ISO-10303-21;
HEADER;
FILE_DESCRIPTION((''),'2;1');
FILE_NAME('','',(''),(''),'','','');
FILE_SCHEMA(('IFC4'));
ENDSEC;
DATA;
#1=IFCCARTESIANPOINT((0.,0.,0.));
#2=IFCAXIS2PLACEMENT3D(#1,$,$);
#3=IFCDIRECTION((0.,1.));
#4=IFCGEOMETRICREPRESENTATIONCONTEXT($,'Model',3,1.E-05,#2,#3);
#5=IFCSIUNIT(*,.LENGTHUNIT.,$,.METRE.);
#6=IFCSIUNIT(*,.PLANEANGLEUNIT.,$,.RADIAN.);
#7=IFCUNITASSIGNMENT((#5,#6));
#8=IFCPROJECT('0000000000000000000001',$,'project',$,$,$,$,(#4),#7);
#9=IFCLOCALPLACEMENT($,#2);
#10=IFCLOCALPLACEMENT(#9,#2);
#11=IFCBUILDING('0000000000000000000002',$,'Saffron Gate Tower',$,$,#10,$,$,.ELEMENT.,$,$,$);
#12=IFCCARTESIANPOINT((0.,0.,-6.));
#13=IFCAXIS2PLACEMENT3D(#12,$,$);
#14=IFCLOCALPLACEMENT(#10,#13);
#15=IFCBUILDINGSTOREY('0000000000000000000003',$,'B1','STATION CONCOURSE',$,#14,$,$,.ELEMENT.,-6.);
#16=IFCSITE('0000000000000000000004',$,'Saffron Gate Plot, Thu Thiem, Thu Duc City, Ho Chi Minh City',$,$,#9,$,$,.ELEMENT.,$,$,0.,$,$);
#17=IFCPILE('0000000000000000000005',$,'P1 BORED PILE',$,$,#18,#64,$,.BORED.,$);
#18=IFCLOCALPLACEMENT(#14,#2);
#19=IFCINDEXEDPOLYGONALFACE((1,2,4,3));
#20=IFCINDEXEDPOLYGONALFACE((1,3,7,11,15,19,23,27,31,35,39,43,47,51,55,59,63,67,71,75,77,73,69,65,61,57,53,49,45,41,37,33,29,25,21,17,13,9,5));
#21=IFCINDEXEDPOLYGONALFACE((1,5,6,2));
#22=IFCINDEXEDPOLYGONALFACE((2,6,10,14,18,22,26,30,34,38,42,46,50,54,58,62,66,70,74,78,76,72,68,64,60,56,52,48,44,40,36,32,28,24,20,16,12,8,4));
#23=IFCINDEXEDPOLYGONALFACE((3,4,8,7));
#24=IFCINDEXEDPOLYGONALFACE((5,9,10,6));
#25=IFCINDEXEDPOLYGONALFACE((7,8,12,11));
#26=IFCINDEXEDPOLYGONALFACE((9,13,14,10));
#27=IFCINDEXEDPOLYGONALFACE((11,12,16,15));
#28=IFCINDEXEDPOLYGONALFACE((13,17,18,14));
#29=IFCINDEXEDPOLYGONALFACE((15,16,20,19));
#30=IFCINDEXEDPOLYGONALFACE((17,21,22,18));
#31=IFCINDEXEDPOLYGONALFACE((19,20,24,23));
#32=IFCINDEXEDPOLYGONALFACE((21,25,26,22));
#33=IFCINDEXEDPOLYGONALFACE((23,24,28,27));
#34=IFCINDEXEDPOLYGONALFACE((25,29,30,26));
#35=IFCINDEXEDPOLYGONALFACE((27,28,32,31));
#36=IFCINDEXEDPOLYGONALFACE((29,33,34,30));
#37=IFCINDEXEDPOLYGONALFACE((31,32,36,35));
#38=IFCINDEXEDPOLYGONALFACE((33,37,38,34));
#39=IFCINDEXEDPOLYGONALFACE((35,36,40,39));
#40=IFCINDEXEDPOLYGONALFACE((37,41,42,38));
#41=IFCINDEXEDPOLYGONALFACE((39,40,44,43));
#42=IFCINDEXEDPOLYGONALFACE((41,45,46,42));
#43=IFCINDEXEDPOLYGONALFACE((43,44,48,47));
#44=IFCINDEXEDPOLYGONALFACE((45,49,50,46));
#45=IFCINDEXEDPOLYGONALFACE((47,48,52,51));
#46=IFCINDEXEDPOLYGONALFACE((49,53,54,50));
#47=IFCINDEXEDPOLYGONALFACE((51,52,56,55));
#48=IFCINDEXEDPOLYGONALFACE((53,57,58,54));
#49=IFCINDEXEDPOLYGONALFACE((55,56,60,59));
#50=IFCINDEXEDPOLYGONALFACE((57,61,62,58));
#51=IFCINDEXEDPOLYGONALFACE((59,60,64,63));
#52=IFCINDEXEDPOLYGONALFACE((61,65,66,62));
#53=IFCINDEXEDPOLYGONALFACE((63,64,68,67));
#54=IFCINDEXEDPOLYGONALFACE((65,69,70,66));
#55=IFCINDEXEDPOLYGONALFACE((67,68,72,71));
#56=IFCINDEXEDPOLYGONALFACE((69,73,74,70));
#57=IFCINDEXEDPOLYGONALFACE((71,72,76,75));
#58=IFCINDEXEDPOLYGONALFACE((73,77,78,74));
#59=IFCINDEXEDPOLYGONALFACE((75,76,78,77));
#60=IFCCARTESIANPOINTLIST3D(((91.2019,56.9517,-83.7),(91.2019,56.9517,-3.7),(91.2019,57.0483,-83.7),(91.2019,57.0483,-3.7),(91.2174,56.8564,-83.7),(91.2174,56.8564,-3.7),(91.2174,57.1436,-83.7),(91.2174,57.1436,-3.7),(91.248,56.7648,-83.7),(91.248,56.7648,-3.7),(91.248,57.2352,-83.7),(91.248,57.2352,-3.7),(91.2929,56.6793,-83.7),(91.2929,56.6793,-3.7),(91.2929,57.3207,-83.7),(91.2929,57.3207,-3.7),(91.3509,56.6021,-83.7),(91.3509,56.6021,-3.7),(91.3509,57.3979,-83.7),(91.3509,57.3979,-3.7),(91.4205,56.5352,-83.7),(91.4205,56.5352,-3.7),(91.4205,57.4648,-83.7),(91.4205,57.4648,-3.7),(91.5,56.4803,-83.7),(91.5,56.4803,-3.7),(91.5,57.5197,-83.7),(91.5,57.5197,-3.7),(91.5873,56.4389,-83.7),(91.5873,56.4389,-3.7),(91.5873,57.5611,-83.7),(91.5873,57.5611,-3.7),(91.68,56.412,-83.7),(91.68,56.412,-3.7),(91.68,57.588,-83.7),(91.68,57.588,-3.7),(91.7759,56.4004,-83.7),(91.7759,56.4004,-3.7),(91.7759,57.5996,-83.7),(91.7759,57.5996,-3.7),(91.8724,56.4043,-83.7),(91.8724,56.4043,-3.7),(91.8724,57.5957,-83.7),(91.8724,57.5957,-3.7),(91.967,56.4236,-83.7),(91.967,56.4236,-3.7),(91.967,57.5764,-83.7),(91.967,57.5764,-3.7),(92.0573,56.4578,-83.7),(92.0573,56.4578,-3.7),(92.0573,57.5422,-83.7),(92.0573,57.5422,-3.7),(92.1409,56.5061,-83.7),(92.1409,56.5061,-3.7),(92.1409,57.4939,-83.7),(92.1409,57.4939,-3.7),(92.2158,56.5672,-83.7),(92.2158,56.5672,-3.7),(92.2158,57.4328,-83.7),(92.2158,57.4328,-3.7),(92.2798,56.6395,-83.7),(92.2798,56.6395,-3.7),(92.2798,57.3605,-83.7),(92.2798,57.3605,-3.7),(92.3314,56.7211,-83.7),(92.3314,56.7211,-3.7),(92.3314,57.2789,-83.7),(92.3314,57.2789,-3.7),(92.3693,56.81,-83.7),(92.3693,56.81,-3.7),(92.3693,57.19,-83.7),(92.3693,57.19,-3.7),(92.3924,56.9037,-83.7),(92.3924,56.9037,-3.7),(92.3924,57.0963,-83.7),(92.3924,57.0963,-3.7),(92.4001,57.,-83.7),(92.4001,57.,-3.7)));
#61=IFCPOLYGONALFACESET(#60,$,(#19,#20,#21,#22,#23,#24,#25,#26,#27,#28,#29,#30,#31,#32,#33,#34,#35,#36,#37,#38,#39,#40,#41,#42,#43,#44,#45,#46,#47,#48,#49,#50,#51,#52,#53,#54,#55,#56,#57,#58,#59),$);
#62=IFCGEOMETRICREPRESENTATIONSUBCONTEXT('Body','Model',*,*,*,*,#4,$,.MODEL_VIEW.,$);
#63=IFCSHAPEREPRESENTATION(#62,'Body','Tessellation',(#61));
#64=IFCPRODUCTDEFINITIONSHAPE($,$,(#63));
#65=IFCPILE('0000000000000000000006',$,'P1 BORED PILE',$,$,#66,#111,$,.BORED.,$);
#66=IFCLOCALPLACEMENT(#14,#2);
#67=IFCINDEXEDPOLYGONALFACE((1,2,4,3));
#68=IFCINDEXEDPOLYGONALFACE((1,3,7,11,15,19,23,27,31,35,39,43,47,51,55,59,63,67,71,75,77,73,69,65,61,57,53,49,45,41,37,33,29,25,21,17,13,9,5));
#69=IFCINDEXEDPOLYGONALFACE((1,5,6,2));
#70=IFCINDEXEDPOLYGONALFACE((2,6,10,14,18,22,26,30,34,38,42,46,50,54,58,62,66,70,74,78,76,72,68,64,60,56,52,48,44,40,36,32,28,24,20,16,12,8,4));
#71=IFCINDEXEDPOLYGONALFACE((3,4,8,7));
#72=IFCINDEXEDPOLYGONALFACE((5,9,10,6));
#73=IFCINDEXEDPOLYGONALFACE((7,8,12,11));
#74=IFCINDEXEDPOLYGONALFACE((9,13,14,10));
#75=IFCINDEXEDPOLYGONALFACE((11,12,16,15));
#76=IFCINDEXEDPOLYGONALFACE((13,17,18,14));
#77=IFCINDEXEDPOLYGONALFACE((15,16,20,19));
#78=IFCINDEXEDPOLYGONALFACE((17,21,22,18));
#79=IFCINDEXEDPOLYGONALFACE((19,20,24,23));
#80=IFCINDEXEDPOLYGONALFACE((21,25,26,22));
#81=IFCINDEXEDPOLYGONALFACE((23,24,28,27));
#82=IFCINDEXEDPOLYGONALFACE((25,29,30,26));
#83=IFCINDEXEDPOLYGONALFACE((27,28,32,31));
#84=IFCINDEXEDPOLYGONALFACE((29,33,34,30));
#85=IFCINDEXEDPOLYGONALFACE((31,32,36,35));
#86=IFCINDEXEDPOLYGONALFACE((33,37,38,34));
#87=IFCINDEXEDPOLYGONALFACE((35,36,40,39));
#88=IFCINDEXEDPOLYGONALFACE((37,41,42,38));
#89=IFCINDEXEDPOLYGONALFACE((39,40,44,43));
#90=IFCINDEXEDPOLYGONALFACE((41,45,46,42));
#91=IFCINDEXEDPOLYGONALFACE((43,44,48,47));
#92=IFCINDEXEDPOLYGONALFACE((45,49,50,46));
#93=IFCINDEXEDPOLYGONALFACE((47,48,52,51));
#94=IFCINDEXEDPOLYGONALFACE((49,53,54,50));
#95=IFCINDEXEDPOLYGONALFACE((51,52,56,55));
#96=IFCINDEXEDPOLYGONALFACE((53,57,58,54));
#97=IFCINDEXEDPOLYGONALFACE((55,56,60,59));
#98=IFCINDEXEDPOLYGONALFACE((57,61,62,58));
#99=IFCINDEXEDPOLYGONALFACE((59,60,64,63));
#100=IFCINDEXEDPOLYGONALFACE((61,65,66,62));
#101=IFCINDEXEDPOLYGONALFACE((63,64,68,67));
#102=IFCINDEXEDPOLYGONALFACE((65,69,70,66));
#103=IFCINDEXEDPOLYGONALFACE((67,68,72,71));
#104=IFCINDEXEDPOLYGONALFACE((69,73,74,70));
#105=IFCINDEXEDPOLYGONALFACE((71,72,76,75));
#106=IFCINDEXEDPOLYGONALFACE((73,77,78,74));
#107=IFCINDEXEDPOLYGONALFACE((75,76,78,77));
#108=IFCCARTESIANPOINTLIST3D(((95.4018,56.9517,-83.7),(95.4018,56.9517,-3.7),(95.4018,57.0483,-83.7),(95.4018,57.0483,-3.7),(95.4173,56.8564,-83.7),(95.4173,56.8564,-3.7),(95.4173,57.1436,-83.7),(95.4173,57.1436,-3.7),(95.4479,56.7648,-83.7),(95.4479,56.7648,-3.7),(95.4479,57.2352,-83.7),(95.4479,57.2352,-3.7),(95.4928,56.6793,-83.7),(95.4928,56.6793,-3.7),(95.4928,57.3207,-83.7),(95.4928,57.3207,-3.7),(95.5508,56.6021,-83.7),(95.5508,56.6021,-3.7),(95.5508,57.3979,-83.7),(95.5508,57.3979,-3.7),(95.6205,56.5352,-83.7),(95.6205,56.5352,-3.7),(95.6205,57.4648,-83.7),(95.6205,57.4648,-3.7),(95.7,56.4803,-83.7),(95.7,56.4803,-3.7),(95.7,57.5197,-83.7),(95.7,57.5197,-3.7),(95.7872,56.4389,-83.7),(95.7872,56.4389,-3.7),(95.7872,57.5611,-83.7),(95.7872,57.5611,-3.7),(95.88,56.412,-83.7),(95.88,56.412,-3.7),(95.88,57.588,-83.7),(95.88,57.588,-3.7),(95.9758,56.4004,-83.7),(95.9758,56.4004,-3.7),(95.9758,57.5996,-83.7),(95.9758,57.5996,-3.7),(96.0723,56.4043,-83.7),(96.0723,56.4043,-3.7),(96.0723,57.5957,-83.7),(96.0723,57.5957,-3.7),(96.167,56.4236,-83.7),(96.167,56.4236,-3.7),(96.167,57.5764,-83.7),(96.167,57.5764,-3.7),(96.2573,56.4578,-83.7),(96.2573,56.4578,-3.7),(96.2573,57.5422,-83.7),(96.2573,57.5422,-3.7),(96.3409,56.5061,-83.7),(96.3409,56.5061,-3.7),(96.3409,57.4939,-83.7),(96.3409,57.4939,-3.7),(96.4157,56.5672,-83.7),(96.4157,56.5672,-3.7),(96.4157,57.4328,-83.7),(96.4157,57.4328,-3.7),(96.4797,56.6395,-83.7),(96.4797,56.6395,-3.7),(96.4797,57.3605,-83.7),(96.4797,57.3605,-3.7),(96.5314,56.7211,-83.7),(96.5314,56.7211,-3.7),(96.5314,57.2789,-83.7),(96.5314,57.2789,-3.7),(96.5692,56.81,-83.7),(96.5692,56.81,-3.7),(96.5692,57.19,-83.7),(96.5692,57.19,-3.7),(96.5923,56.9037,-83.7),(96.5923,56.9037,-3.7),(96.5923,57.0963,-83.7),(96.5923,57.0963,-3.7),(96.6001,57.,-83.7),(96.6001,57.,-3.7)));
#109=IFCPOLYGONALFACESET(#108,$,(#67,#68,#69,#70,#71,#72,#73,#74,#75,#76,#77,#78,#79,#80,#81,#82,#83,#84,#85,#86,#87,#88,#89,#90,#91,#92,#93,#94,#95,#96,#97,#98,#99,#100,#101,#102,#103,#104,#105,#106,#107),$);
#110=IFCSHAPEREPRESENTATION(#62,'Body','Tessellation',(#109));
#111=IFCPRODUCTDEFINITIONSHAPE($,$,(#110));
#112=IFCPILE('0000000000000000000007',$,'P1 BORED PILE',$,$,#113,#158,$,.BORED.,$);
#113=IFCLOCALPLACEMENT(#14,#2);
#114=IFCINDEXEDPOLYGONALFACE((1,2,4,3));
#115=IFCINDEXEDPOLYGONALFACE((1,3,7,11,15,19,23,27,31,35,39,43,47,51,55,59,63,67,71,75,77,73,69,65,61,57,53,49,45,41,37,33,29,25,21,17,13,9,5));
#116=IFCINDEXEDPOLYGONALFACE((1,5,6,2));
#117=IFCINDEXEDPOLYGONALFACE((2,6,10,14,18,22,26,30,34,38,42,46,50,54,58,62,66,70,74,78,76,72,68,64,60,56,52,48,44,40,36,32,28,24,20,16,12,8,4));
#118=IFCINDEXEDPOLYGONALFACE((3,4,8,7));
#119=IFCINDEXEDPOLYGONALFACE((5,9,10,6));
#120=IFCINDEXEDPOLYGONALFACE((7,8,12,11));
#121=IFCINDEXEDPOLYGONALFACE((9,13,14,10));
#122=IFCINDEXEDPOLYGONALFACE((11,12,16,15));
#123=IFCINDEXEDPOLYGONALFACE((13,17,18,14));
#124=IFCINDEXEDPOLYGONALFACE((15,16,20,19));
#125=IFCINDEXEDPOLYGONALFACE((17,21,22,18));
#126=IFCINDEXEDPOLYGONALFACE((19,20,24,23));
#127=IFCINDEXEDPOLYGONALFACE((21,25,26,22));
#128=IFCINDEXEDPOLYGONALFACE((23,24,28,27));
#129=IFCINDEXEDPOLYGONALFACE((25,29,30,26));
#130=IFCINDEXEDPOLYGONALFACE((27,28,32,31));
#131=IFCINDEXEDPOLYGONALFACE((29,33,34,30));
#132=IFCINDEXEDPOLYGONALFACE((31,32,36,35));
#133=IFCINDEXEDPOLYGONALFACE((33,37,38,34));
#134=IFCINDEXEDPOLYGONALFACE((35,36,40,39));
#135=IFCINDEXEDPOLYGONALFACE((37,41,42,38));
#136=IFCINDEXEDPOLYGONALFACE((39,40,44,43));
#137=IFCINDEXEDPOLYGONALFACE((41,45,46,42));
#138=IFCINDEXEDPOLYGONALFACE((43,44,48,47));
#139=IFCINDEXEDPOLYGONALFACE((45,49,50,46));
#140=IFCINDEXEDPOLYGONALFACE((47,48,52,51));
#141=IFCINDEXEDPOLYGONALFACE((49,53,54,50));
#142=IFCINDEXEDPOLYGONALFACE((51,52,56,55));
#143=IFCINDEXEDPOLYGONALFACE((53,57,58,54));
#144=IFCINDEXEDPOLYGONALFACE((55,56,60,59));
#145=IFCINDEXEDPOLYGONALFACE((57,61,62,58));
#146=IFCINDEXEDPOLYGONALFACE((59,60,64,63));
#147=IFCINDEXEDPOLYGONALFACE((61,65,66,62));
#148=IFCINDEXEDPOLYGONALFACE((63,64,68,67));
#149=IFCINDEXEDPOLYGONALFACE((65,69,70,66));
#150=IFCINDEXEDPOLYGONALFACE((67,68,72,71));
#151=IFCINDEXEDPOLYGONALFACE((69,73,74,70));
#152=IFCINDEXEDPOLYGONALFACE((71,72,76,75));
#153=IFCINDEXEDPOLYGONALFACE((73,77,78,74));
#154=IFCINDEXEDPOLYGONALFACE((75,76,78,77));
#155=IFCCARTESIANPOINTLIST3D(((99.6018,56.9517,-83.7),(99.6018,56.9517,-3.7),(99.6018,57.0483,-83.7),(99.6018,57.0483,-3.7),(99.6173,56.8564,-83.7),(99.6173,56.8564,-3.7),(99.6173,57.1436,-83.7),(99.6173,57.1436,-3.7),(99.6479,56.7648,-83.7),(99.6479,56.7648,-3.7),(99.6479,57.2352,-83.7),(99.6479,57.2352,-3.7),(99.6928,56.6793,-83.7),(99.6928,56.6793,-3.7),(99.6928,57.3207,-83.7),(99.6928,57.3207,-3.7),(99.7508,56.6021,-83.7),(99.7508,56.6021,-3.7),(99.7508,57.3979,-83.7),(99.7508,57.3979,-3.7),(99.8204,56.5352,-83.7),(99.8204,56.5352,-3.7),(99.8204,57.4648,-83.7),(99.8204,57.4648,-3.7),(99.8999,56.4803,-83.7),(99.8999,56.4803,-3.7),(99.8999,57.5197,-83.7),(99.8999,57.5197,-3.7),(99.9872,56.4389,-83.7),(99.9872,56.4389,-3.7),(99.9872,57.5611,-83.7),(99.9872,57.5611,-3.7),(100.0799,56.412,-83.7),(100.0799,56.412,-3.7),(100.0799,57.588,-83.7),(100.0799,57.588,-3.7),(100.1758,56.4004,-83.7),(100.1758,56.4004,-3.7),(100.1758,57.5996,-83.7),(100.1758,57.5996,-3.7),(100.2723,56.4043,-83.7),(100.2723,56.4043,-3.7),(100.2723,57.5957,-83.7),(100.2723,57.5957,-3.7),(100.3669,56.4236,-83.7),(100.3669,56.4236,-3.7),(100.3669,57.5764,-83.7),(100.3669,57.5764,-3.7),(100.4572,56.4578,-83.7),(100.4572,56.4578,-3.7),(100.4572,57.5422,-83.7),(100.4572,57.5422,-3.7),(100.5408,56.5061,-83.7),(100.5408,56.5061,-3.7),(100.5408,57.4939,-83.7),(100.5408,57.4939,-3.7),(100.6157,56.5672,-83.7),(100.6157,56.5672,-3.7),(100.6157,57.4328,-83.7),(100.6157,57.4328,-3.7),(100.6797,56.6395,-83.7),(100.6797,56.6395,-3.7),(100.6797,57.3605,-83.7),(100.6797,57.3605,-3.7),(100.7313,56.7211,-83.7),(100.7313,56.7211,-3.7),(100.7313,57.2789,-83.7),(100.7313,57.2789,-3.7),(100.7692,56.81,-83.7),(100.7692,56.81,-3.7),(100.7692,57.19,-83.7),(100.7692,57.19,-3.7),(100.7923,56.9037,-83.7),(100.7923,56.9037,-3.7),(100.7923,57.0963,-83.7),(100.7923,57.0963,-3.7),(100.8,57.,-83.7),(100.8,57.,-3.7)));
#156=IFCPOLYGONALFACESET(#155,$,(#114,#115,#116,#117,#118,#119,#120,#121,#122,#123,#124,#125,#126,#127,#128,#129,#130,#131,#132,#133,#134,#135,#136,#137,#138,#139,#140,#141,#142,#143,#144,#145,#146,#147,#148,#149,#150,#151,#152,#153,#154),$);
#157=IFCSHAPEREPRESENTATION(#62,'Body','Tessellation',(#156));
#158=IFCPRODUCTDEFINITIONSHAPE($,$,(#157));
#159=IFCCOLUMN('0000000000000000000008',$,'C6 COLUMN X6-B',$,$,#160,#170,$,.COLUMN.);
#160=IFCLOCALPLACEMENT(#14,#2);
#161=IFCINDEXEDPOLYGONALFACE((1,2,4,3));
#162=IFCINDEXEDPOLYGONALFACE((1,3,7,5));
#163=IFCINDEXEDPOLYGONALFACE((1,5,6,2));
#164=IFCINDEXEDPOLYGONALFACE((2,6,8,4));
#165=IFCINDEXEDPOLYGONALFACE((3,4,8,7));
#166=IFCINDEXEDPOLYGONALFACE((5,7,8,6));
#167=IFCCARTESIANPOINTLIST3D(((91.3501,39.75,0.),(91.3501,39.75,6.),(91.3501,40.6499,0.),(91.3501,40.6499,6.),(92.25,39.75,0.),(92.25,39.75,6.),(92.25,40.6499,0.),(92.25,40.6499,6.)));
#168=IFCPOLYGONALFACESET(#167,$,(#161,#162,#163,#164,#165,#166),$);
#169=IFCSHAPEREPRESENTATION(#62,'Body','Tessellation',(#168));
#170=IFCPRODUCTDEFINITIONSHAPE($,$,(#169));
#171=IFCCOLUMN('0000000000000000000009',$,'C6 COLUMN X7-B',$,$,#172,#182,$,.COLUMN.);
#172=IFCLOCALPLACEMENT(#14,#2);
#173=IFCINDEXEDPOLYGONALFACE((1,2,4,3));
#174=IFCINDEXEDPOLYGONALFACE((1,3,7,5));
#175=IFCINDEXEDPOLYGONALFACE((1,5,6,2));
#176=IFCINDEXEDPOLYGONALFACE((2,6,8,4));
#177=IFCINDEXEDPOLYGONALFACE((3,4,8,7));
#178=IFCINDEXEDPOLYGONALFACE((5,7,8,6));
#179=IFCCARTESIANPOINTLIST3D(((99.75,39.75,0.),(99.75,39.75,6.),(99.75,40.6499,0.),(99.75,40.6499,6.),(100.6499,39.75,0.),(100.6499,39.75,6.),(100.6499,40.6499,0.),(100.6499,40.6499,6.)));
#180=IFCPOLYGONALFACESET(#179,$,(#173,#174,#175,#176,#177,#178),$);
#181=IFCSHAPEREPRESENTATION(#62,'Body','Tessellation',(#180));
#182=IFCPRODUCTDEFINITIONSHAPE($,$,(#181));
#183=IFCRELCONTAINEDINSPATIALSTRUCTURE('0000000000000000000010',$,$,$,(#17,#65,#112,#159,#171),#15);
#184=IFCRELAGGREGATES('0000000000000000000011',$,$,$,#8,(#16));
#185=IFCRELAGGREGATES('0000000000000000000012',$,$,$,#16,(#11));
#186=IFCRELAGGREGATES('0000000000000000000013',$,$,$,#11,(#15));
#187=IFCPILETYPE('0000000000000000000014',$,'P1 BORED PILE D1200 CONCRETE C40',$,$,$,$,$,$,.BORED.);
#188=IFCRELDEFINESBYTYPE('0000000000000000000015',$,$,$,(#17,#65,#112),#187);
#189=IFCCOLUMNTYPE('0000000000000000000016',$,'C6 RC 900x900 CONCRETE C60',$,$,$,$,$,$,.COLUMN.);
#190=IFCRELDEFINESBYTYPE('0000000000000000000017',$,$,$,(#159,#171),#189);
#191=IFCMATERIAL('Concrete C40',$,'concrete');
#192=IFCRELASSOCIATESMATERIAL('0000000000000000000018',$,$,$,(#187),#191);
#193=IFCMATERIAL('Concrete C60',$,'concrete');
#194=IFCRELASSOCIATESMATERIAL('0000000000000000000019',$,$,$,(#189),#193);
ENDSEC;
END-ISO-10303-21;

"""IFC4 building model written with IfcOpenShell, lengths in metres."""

from ifc_helpers import new_model, si_unit, direction, frame, origin, origin_2d, place, context, subcontext, project, spatial, rectangle, circle, extrude, material, material_profile, profile_set, type_object, element, save


model = new_model("IFC4")

# Units and contexts
model_context = context("Model", 3, precision=1e-05, world=origin(), true_north=direction((0.0, 1.0)))
body_context = subcontext(model_context, "Body", "Model", "MODEL_VIEW")
ifc_project = project(units=[si_unit("LENGTHUNIT", "METRE"), si_unit("PLANEANGLEUNIT", "RADIAN")], contexts=[model_context])

# Site, building, storey
site_placement = place(None, origin())
site = spatial("IfcSite", under=ifc_project, at=site_placement, Name="Saffron Gate Plot, Thu Thiem, Thu Duc City, Ho Chi Minh City", CompositionType="ELEMENT", RefElevation=0.0)
building_placement = place(site_placement, origin())
building = spatial("IfcBuilding", under=site, at=building_placement, Name="Saffron Gate Tower", CompositionType="ELEMENT")
storey_placement = place(building_placement, frame((0.0, 0.0, -6.0)))
storey = spatial("IfcBuildingStorey", under=building, at=storey_placement, Name="B1", Description="STATION CONCOURSE", CompositionType="ELEMENT", Elevation=-6.0)

# Piles
ifc_material_1 = material(Name="Concrete C40", Category="concrete")
ifc_material_profile_1 = material_profile(ifc_material_1, circle(Radius=0.6001, at=origin_2d()))
ifc_profile_set_1 = profile_set([ifc_material_profile_1], Name="Concrete C40")
pile_type = type_object("IfcPileType", Name="P1 BORED PILE D1200 CONCRETE C40", PredefinedType="BORED", material=ifc_profile_set_1)
for number, where, z_axis, x_axis, name in (
    (1, (91.8, 57.0, -3.7), (0.0, 0.0, -1.0), (1.0, 0.0, 0.0), "P1 BORED PILE"),
    (2, (96.0, 57.0, -3.7), (0.0, 0.0, -1.0), (1.0, 0.0, 0.0), "P1 BORED PILE"),
    (3, (100.2, 57.0, -3.7), (0.0, 0.0, -1.0), (1.0, 0.0, 0.0), "P1 BORED PILE"),
):
    element("IfcPile", number, at=place(storey_placement, frame(where, z_axis=z_axis, x_axis=x_axis)), inside=storey, type_object=pile_type, Name=name, PredefinedType="BORED", context=body_context, shape_type="SweptSolid", body=[
        extrude(circle(Radius=0.6001, at=origin_2d()), origin(), (0.0, 0.0, 1.0), 80.0),
    ])

# Columns
ifc_material_2 = material(Name="Concrete C60", Category="concrete")
ifc_material_profile_2 = material_profile(ifc_material_2, rectangle(XDim=0.8999, YDim=0.8999, at=origin_2d()))
ifc_profile_set_2 = profile_set([ifc_material_profile_2], Name="Concrete C60")
column_type = type_object("IfcColumnType", Name="C6 RC 900x900 CONCRETE C60", PredefinedType="COLUMN", material=ifc_profile_set_2)
for number, where, z_axis, x_axis, name in (
    (4, (91.8, 40.2, 0.0), (0.0, 0.0, 1.0), (1.0, 0.0, 0.0), "C6 COLUMN X6-B"),
    (5, (100.2, 40.2, 0.0), (0.0, 0.0, 1.0), (1.0, 0.0, 0.0), "C6 COLUMN X7-B"),
):
    element("IfcColumn", number, at=place(storey_placement, frame(where, z_axis=z_axis, x_axis=x_axis)), inside=storey, type_object=column_type, Name=name, PredefinedType="COLUMN", context=body_context, shape_type="SweptSolid", body=[
        extrude(rectangle(XDim=0.8999, YDim=0.8999, at=origin_2d()), origin(), (0.0, 0.0, 1.0), 6.0),
    ])

save(model, "model.ifc")
